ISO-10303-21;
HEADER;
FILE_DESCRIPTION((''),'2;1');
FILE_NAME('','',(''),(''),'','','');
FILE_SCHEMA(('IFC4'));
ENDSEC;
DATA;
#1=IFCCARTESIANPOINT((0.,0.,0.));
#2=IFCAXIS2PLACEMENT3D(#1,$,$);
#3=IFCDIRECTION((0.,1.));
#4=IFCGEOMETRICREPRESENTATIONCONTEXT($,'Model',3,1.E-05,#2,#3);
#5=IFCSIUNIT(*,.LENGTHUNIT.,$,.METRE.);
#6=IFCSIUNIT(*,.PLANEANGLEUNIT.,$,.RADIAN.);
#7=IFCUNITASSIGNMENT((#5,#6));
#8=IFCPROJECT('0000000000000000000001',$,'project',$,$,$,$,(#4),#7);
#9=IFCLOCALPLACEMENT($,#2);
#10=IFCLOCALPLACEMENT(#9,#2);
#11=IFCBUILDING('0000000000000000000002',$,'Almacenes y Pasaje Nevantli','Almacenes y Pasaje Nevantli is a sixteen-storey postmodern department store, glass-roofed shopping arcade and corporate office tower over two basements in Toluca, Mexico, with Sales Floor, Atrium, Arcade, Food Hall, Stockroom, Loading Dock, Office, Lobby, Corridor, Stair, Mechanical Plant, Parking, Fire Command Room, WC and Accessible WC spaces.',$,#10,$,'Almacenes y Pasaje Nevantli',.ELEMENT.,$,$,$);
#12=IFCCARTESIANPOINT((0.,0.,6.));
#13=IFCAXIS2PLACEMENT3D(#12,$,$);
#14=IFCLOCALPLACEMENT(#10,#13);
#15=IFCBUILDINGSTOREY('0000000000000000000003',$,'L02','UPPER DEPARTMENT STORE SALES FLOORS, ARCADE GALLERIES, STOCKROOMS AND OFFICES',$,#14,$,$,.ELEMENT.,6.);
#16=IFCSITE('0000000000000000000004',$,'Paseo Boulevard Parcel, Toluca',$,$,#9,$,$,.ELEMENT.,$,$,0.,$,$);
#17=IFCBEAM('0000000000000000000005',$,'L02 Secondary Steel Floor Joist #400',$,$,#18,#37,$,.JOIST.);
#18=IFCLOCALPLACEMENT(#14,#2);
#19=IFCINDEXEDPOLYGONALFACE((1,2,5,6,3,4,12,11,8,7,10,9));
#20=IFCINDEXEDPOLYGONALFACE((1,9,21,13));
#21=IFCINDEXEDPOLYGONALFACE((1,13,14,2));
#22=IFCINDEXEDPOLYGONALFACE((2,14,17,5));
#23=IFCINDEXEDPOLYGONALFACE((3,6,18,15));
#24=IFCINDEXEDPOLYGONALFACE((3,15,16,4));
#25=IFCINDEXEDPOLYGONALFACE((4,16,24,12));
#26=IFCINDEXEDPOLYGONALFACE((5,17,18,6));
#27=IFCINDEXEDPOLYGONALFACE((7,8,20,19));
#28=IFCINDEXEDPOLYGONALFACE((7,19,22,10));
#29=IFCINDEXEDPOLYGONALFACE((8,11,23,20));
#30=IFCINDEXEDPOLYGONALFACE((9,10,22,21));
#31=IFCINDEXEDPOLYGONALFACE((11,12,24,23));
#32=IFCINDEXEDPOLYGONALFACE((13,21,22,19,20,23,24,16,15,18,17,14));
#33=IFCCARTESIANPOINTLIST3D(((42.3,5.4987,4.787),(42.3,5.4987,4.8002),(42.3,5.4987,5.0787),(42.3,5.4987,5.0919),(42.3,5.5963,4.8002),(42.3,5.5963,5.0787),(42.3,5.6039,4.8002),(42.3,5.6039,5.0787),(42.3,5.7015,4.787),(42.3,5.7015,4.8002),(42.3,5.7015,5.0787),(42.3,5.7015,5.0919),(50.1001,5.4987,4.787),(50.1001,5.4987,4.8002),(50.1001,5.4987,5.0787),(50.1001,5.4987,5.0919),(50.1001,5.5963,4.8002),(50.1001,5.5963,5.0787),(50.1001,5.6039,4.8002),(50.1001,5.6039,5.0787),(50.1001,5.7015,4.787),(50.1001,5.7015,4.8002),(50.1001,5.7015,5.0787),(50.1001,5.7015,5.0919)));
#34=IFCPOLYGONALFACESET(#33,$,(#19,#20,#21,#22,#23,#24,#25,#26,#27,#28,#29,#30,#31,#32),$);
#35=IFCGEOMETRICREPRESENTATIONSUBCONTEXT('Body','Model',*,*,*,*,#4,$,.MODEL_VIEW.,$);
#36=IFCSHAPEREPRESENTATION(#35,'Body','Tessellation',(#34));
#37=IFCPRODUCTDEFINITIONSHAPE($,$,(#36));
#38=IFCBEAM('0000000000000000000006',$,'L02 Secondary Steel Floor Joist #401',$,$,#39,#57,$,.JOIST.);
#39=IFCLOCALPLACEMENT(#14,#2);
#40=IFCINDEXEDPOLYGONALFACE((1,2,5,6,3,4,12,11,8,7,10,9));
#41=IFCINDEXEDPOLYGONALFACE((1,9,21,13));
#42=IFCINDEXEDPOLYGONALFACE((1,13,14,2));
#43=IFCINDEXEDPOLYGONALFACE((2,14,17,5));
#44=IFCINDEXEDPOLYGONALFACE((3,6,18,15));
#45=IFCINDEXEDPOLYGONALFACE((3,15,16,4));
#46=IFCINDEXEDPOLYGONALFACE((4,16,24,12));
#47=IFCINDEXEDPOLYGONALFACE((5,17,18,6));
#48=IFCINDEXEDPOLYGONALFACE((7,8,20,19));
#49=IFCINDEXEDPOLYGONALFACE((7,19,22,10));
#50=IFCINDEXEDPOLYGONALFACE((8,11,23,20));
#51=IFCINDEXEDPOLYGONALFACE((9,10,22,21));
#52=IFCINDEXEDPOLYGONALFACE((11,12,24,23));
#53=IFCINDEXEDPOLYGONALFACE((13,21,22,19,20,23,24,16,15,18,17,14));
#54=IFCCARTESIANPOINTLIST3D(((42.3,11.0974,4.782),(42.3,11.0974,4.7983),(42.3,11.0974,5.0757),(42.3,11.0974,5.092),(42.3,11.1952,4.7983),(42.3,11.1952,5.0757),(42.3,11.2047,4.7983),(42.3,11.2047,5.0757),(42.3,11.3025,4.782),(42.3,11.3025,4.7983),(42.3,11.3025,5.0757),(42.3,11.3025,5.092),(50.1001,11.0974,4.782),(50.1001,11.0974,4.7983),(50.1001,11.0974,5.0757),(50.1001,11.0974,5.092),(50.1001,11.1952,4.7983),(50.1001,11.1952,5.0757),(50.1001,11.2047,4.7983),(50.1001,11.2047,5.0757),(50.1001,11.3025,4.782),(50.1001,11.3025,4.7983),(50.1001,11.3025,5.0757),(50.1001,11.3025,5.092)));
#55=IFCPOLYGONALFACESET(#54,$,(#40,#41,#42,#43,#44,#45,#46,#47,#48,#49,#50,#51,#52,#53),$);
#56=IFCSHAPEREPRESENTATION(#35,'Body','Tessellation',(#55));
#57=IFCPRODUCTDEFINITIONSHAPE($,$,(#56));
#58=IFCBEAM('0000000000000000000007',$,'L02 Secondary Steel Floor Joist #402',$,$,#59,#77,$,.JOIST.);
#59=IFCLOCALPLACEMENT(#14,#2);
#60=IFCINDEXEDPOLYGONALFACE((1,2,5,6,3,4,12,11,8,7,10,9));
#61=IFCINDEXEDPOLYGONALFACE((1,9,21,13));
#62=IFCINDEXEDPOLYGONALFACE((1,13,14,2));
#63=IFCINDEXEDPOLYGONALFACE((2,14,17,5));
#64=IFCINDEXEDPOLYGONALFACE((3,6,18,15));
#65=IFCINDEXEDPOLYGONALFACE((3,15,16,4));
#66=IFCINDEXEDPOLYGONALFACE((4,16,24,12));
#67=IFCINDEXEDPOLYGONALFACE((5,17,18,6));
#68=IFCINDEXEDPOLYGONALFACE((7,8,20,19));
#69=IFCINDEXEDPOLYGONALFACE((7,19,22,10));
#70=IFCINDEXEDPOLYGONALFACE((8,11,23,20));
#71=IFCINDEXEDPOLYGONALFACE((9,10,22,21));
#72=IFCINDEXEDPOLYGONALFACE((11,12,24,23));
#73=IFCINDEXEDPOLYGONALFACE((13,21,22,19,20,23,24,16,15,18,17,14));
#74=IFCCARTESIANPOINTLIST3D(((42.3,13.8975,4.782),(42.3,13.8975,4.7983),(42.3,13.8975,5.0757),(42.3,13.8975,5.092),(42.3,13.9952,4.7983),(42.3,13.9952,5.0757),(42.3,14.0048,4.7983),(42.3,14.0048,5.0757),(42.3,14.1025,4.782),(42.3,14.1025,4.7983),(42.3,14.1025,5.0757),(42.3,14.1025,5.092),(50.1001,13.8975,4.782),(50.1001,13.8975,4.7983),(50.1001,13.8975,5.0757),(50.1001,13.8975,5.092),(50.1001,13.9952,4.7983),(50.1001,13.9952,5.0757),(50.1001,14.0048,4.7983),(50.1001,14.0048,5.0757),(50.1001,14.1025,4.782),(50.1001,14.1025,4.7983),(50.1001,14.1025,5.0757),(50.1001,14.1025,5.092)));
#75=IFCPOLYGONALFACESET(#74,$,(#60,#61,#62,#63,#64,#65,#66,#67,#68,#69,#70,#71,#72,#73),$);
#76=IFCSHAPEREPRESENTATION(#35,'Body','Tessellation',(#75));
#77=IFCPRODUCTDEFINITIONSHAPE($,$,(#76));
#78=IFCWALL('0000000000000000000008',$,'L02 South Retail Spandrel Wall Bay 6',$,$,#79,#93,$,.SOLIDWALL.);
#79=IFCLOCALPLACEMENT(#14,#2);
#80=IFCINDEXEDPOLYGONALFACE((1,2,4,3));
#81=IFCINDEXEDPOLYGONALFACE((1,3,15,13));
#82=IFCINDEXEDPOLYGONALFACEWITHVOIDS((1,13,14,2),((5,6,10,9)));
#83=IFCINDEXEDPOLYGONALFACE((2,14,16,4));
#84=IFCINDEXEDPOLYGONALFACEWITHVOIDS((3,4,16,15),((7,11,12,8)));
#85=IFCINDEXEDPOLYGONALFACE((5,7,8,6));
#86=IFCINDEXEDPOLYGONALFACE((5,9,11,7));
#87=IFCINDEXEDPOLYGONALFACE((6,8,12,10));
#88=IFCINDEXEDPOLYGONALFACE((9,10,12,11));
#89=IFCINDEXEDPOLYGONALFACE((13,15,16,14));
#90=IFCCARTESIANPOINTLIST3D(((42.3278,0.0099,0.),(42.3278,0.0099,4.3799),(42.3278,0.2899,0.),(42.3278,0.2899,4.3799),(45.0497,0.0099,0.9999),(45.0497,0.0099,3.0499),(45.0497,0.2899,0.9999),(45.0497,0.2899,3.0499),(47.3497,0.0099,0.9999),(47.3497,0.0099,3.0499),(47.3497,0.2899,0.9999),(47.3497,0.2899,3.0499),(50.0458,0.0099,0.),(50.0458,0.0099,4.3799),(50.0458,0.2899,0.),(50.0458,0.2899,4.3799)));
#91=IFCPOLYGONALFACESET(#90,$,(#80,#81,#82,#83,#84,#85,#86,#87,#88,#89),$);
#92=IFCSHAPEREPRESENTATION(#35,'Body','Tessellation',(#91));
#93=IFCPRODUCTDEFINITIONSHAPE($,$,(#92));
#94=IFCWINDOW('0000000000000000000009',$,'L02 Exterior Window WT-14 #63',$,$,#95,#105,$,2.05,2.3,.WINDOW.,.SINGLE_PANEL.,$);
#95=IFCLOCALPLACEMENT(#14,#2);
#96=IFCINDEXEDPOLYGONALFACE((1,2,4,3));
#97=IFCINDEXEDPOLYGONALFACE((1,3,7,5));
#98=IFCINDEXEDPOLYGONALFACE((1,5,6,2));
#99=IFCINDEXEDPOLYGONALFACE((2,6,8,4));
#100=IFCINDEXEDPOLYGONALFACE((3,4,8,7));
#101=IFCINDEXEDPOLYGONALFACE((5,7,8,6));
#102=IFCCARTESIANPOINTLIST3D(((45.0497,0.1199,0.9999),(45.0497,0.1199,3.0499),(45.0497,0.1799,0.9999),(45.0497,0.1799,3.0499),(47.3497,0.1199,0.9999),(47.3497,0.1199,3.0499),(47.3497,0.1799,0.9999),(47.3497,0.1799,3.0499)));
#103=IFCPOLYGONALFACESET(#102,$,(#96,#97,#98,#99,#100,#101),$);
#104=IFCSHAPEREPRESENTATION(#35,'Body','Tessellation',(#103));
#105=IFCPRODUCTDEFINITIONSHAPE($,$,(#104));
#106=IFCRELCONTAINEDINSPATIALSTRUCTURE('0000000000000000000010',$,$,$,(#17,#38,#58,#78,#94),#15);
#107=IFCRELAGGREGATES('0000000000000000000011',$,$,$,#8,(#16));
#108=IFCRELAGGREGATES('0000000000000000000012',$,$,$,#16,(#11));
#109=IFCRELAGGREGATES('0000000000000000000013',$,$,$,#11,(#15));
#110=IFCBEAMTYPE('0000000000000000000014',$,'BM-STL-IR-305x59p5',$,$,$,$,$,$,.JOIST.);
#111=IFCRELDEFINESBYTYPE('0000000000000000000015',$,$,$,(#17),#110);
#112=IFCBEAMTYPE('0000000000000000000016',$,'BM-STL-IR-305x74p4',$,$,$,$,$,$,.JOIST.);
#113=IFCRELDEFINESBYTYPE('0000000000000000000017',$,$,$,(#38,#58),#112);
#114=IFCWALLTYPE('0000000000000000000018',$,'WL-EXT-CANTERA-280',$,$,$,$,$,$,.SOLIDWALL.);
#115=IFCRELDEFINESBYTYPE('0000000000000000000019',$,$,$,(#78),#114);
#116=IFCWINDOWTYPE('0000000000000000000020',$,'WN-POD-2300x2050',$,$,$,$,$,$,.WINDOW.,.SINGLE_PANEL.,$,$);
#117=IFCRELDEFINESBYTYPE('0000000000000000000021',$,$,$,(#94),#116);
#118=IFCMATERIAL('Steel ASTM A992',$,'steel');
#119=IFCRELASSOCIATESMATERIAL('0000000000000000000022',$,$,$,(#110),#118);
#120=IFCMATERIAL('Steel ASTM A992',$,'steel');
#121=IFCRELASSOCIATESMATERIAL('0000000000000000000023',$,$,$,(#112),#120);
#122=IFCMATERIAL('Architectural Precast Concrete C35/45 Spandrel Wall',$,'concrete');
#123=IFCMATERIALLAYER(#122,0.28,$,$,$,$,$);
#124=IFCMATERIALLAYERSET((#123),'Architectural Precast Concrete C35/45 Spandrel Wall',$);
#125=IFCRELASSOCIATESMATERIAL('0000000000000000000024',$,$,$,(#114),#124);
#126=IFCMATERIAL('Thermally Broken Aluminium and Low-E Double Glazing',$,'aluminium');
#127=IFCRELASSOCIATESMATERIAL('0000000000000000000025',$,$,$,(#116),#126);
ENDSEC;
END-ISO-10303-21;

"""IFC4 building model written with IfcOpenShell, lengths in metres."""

from ifc_helpers import new_model, si_unit, direction, frame, frame_2d, origin, origin_2d, place, context, subcontext, project, spatial, rectangle, i_section, extrude, material, layer, layer_set, material_profile, profile_set, type_object, element, fill, save


model = new_model("IFC4")

# Units and contexts
model_context = context("Model", 3, precision=1e-05, world=origin(), true_north=direction((0.0, 1.0)))
body_context = subcontext(model_context, "Body", "Model", "MODEL_VIEW")
ifc_project = project(units=[si_unit("LENGTHUNIT", "METRE"), si_unit("PLANEANGLEUNIT", "RADIAN")], contexts=[model_context])

# Site, building, storey
site_placement = place(None, origin())
site = spatial("IfcSite", under=ifc_project, at=site_placement, Name="Paseo Boulevard Parcel, Toluca", CompositionType="ELEMENT", RefElevation=0.0)
building_placement = place(site_placement, origin())
building = spatial("IfcBuilding", under=site, at=building_placement, Name="Almacenes y Pasaje Nevantli", Description="Almacenes y Pasaje Nevantli is a sixteen-storey postmodern department store, glass-roofed shopping arcade and corporate office tower over two basements in Toluca, Mexico, with Sales Floor, Atrium, Arcade, Food Hall, Stockroom, Loading Dock, Office, Lobby, Corridor, Stair, Mechanical Plant, Parking, Fire Command Room, WC and Accessible WC spaces.", LongName="Almacenes y Pasaje Nevantli", CompositionType="ELEMENT")
storey_placement = place(building_placement, frame((0.0, 0.0, 6.0)))
storey = spatial("IfcBuildingStorey", under=building, at=storey_placement, Name="L02", Description="UPPER DEPARTMENT STORE SALES FLOORS, ARCADE GALLERIES, STOCKROOMS AND OFFICES", CompositionType="ELEMENT", Elevation=6.0)

# Beams
ifc_material_1 = material(Name="Steel ASTM A992", Category="steel")
ifc_material_profile_1 = material_profile(ifc_material_1, i_section(OverallWidth=0.2029, OverallDepth=0.3049, WebThickness=0.0076, FlangeThickness=0.0132, at=origin_2d()), Name="IR 305x59.5")
ifc_profile_set_1 = profile_set([ifc_material_profile_1], Name="Steel ASTM A992")
beam_type_1 = type_object("IfcBeamType", Name="BM-STL-IR-305x59p5", PredefinedType="JOIST", material=ifc_profile_set_1)
for number, where, z_axis, x_axis, name in (
    (1, (42.3, 5.6001, 4.9395), (1.0, 0.0, 0.0), (0.0, 1.0, 0.0), "L02 Secondary Steel Floor Joist #400"),
):
    element("IfcBeam", number, at=place(storey_placement, frame(where, z_axis=z_axis, x_axis=x_axis)), inside=storey, type_object=beam_type_1, Name=name, PredefinedType="JOIST", context=body_context, shape_type="SweptSolid", body=[
        extrude(i_section(OverallWidth=0.2029, OverallDepth=0.3049, WebThickness=0.0076, FlangeThickness=0.0132, at=origin_2d()), origin(), (0.0, 0.0, 1.0), 7.8),
    ])
ifc_material_2 = material(Name="Steel ASTM A992", Category="steel")
ifc_material_profile_2 = material_profile(ifc_material_2, i_section(OverallWidth=0.2051, OverallDepth=0.3101, WebThickness=0.0095, FlangeThickness=0.0164, at=origin_2d()), Name="IR 305x74.4")
ifc_profile_set_2 = profile_set([ifc_material_profile_2], Name="Steel ASTM A992")
beam_type_2 = type_object("IfcBeamType", Name="BM-STL-IR-305x74p4", PredefinedType="JOIST", material=ifc_profile_set_2)
for number, where, z_axis, x_axis, name in (
    (2, (42.3, 11.2, 4.937), (1.0, 0.0, 0.0), (0.0, 1.0, 0.0), "L02 Secondary Steel Floor Joist #401"),
    (3, (42.3, 14.0, 4.937), (1.0, 0.0, 0.0), (0.0, 1.0, 0.0), "L02 Secondary Steel Floor Joist #402"),
):
    element("IfcBeam", number, at=place(storey_placement, frame(where, z_axis=z_axis, x_axis=x_axis)), inside=storey, type_object=beam_type_2, Name=name, PredefinedType="JOIST", context=body_context, shape_type="SweptSolid", body=[
        extrude(i_section(OverallWidth=0.2051, OverallDepth=0.3101, WebThickness=0.0095, FlangeThickness=0.0164, at=origin_2d()), origin(), (0.0, 0.0, 1.0), 7.8),
    ])

# Wall, opening, window
ifc_material_3 = material(Name="Architectural Precast Concrete C35/45 Spandrel Wall", Category="concrete")
ifc_layer = layer(ifc_material_3, 0.28)
ifc_layer_set = layer_set([ifc_layer], Name="Architectural Precast Concrete C35/45 Spandrel Wall")
wall_type = type_object("IfcWallType", Name="WL-EXT-CANTERA-280", PredefinedType="SOLIDWALL", material=ifc_layer_set)
wall_placement = place(storey_placement, frame((42.3279, 0.1499, 0.0), z_axis=(0.0, 0.0, 1.0), x_axis=(1.0, 0.0, 0.0)))
wall = element("IfcWall", 4, at=wall_placement, inside=storey, type_object=wall_type, Name="L02 South Retail Spandrel Wall Bay 6", PredefinedType="SOLIDWALL", context=body_context, shape_type="SweptSolid", body=[
    extrude(rectangle(XDim=7.718, YDim=0.28, at=frame_2d((3.8589, 0.0))), origin(), (0.0, 0.0, 1.0), 4.3799),
])
opening_placement = place(wall_placement, frame((2.7219, 0.0, 1.0)))
opening = element("IfcOpeningElement", 5, at=opening_placement, cuts=wall, PredefinedType="OPENING", context=body_context, shape_type="SweptSolid", body=[
    extrude(rectangle(XDim=2.3, YDim=2.05, at=frame_2d((1.1499, 1.0249))), frame((0.0, 0.1499, 0.0), z_axis=(0.0, -1.0, 0.0), x_axis=(1.0, 0.0, 0.0)), (0.0, 0.0, 1.0), 0.3),
])
ifc_material_4 = material(Name="Thermally Broken Aluminium and Low-E Double Glazing", Category="aluminium")
window_type = type_object("IfcWindowType", Name="WN-POD-2300x2050", PartitioningType="SINGLE_PANEL", PredefinedType="WINDOW", material=ifc_material_4)
window_placement = place(opening_placement, origin())
window = element("IfcWindow", 6, at=window_placement, inside=storey, type_object=window_type, Name="L02 Exterior Window WT-14 #63", OverallHeight=2.05, OverallWidth=2.3, PartitioningType="SINGLE_PANEL", PredefinedType="WINDOW", context=body_context, shape_type="SweptSolid", body=[
    extrude(rectangle(XDim=2.3, YDim=2.05, at=frame_2d((1.1499, 1.0249))), frame((0.0, 0.03, 0.0), z_axis=(0.0, -1.0, 0.0), x_axis=(1.0, 0.0, 0.0)), (0.0, 0.0, 1.0), 0.0601),
])
fill(opening, window)

save(model, "model.ifc")
